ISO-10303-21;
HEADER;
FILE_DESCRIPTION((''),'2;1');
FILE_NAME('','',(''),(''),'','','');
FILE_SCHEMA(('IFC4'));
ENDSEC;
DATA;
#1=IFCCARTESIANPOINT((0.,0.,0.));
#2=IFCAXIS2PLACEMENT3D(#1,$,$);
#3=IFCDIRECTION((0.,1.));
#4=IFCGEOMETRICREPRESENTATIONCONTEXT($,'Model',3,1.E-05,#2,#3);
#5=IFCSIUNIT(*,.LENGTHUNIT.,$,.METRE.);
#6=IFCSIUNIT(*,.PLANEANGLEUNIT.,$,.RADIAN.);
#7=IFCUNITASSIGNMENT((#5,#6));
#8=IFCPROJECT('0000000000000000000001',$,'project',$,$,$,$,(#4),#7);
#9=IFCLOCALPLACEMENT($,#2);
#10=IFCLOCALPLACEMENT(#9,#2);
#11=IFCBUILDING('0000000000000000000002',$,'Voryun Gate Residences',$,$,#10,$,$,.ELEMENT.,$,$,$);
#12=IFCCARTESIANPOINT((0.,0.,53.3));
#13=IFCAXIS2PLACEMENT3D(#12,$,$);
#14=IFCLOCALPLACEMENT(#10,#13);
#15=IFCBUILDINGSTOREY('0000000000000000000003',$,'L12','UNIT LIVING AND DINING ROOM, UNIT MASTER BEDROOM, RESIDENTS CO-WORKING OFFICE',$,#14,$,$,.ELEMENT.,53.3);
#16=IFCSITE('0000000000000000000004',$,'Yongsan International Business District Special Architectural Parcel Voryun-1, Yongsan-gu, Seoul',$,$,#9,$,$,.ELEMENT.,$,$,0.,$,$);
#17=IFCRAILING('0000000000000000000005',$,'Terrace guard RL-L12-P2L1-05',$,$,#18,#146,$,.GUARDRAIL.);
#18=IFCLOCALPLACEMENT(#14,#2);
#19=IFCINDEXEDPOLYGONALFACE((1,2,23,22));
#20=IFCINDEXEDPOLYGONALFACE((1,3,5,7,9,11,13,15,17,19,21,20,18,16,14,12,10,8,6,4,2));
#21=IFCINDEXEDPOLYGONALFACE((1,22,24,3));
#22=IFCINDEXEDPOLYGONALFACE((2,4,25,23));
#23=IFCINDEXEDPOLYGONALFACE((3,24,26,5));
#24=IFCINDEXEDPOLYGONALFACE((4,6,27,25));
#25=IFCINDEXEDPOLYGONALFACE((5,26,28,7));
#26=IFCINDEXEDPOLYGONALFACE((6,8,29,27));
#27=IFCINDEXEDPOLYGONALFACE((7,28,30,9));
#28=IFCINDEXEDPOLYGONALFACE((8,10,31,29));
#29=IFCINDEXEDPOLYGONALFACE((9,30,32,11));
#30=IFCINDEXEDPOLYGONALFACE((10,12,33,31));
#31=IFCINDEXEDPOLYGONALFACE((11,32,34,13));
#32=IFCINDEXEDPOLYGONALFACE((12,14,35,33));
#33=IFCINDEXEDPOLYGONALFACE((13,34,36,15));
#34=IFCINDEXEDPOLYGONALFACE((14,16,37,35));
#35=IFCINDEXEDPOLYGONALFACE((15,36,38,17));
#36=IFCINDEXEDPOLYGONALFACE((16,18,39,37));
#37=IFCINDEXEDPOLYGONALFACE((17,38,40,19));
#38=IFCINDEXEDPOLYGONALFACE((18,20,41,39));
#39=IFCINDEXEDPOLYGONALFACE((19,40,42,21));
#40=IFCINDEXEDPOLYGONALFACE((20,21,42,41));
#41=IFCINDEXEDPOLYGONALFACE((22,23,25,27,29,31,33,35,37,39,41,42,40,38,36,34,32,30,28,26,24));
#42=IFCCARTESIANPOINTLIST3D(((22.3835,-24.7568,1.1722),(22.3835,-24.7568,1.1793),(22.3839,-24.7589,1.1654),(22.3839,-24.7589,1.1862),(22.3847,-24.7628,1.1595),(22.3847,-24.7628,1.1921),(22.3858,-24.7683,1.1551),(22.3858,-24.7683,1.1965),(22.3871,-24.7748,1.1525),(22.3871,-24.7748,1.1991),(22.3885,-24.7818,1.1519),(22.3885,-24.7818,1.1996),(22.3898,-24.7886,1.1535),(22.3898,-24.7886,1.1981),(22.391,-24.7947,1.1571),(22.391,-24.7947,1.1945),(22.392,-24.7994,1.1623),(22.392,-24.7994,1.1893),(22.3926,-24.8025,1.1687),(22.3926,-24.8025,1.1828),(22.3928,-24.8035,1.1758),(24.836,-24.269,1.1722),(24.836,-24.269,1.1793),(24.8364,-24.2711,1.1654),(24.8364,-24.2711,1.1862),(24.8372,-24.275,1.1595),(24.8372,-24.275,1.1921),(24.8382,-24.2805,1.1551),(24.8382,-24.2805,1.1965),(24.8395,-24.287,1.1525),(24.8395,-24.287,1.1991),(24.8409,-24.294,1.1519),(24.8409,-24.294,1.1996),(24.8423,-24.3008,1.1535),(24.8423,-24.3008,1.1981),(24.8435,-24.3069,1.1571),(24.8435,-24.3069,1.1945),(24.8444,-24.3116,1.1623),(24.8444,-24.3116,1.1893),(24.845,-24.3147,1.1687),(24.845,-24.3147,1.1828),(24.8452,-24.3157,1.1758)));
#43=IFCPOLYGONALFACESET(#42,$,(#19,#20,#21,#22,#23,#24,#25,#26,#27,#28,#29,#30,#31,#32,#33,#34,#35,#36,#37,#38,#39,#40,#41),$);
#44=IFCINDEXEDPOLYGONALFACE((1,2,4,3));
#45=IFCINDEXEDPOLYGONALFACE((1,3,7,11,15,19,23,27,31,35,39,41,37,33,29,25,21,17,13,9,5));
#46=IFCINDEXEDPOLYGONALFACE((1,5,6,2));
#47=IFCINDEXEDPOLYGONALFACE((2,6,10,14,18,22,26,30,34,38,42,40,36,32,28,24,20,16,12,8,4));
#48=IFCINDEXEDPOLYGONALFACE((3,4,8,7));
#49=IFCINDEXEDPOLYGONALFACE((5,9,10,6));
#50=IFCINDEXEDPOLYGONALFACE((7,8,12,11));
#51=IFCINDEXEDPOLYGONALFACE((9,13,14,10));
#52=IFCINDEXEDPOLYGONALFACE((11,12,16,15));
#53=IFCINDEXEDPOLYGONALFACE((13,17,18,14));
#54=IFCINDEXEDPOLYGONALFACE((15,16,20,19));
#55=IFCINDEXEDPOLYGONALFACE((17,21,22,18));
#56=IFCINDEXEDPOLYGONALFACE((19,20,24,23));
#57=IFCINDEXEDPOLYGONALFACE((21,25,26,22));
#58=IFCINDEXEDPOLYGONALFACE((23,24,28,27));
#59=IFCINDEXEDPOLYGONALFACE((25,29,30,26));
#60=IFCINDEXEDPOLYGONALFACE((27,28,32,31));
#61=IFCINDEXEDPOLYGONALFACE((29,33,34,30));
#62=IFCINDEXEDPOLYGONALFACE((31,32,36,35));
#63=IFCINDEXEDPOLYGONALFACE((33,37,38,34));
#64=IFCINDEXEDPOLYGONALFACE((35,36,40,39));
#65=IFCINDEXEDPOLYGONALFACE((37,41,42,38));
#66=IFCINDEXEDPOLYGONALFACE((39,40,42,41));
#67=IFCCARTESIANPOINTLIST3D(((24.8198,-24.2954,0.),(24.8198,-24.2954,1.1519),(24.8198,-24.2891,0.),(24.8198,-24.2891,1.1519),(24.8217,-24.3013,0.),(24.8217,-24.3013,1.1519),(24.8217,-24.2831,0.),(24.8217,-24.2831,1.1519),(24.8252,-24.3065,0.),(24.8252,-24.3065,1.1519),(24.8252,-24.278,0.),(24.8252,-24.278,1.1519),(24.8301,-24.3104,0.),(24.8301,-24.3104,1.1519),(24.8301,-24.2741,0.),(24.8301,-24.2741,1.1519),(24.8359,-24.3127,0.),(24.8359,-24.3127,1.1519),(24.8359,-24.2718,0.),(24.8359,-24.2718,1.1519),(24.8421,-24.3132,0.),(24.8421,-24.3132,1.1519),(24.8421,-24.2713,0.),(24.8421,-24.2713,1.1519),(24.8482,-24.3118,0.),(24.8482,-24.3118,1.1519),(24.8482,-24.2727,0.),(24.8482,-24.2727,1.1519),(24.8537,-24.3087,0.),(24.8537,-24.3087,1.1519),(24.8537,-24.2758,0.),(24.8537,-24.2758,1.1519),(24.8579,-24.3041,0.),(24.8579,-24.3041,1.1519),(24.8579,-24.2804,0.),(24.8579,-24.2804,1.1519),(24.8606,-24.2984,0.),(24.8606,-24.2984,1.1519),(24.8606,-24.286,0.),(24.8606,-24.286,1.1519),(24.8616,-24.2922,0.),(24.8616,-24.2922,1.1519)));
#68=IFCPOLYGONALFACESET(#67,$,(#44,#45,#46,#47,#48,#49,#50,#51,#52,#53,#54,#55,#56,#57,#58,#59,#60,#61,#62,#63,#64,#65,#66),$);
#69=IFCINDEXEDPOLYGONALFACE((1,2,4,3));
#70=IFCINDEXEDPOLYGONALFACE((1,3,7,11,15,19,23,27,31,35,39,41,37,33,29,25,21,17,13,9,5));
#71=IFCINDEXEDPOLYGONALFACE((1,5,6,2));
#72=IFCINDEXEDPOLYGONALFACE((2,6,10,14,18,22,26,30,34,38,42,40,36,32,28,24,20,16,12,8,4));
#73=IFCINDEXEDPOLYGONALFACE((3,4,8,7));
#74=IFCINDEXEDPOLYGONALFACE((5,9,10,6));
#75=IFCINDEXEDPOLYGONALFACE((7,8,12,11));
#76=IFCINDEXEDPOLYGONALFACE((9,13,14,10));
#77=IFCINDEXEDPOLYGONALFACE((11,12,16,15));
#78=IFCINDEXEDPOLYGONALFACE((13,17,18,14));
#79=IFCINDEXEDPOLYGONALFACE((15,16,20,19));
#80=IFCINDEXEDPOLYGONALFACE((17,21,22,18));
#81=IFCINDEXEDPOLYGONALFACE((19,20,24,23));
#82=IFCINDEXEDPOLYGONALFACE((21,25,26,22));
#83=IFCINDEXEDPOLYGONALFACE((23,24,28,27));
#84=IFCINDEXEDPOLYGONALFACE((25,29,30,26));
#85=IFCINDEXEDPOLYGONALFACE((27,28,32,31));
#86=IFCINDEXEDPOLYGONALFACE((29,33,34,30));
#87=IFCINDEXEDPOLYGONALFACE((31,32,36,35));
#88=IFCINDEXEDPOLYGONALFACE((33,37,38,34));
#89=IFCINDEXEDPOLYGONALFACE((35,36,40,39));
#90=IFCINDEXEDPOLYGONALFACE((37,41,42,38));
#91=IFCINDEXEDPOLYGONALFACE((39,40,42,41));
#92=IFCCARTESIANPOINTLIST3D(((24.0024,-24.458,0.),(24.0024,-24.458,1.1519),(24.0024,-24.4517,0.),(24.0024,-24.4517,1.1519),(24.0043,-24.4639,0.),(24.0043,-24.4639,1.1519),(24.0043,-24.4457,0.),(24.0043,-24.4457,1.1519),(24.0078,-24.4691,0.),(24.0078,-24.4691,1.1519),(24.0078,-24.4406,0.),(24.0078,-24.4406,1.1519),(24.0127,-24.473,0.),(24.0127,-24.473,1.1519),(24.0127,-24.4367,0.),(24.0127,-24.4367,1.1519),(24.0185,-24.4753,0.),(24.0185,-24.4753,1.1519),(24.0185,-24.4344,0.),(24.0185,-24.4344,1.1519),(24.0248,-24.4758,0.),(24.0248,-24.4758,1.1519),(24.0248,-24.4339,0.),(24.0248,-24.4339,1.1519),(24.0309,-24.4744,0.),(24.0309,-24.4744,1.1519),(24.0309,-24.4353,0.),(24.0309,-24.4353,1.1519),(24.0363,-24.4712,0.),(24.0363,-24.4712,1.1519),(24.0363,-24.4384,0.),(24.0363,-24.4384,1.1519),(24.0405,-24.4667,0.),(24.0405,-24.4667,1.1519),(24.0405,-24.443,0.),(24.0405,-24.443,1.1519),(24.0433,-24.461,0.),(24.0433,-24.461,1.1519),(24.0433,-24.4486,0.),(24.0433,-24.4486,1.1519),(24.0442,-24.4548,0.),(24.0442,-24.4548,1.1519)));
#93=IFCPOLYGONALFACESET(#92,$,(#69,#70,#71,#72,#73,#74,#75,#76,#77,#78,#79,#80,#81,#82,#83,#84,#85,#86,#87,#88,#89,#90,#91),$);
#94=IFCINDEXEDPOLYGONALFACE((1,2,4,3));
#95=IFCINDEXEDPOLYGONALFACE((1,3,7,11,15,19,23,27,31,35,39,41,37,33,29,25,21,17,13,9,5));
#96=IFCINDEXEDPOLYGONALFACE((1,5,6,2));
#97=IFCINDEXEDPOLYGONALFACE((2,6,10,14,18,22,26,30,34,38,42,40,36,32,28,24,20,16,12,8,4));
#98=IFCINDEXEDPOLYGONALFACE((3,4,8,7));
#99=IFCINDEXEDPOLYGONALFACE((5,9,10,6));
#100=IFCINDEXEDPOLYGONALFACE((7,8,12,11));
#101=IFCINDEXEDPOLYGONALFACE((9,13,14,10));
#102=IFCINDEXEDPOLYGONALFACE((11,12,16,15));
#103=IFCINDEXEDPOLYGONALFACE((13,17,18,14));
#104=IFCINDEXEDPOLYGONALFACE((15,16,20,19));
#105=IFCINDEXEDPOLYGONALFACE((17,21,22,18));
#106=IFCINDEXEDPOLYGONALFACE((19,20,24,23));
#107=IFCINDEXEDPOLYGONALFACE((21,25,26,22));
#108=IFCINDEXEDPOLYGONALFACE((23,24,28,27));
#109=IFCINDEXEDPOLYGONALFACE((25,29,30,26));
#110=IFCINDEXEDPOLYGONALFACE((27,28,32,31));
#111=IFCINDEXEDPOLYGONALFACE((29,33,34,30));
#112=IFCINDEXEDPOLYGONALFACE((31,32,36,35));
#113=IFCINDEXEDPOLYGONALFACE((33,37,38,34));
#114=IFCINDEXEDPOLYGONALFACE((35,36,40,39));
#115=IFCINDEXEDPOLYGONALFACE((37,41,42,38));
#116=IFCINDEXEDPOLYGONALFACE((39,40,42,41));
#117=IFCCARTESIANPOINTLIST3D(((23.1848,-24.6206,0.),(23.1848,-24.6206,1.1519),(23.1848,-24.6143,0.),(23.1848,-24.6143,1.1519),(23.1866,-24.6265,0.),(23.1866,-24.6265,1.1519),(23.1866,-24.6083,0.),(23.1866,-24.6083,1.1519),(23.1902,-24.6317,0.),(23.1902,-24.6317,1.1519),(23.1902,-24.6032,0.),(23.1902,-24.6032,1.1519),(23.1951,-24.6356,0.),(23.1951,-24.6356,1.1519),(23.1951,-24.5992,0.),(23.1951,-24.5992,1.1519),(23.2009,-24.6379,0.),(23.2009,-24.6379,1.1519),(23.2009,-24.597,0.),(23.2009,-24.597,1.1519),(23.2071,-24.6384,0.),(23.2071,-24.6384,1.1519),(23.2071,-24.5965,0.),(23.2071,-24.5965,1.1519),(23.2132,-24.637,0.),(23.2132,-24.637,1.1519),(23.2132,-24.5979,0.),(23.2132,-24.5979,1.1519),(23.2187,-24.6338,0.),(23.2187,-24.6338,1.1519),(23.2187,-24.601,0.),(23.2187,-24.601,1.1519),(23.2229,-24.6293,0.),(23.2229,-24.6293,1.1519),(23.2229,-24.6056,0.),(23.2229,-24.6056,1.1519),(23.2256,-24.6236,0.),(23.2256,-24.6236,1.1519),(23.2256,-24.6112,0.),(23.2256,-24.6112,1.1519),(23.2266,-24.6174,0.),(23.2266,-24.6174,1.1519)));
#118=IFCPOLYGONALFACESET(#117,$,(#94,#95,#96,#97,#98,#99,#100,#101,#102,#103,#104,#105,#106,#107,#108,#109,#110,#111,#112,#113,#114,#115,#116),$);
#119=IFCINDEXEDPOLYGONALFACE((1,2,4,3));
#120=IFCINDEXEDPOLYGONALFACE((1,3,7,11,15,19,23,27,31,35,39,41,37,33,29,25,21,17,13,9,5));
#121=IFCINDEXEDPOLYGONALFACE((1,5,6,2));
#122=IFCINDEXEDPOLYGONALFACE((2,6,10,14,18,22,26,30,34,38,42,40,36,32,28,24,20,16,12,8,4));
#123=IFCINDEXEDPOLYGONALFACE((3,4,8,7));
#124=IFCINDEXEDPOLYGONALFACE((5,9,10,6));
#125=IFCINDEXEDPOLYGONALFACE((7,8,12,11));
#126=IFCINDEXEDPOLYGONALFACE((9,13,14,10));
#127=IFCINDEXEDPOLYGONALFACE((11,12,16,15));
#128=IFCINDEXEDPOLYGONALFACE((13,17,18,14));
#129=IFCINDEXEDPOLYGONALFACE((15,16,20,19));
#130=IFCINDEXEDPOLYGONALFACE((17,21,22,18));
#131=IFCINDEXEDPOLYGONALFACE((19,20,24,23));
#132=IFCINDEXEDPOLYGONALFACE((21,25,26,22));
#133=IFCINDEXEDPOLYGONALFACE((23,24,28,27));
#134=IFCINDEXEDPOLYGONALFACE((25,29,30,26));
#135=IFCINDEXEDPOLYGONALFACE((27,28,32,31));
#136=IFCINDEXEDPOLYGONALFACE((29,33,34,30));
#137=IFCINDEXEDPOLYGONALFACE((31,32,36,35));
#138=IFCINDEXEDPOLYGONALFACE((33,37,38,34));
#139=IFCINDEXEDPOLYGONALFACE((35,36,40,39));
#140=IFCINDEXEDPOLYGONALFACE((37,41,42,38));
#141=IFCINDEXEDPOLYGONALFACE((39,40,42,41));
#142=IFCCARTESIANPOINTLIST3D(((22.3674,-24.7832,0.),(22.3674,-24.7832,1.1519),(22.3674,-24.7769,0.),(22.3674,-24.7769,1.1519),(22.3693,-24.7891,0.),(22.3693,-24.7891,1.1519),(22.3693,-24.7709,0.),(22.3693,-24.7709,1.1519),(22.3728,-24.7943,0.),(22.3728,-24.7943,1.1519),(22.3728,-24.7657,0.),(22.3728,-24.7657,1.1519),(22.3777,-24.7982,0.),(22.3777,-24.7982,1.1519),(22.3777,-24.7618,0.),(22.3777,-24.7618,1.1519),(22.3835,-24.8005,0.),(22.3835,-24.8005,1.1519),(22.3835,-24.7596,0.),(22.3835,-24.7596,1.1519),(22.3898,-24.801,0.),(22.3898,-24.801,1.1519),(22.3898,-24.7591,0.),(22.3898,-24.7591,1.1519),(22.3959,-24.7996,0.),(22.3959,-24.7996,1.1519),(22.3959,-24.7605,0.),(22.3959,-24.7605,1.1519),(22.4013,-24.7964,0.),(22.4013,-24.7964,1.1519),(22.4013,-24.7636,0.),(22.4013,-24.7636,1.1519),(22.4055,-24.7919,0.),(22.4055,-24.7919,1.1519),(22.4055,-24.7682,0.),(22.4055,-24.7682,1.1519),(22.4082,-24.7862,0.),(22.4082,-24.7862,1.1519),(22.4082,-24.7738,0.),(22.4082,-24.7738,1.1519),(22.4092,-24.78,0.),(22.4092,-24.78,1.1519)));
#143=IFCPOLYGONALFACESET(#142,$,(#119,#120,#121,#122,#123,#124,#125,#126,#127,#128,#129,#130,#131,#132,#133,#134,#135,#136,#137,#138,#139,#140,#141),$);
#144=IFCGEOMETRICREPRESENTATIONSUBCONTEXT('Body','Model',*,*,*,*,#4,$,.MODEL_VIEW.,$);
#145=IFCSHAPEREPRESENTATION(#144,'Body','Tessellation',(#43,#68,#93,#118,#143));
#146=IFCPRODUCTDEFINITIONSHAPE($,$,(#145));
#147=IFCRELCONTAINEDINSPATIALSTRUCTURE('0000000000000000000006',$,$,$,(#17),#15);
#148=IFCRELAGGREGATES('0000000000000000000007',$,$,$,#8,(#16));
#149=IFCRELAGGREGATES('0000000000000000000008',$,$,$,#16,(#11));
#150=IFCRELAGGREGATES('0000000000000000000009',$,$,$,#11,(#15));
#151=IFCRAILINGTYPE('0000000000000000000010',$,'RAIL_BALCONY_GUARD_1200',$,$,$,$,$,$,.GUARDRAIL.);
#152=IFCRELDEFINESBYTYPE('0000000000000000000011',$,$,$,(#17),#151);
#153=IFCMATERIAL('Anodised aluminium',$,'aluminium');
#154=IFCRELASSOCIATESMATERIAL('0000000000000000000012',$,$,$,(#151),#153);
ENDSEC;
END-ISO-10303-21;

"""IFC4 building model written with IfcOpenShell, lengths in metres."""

from ifc_helpers import new_model, si_unit, direction, frame, origin, origin_2d, place, context, subcontext, project, spatial, circle, extrude, material, type_object, element, save


model = new_model("IFC4")

# Units and contexts
model_context = context("Model", 3, precision=1e-05, world=origin(), true_north=direction((0.0, 1.0)))
body_context = subcontext(model_context, "Body", "Model", "MODEL_VIEW")
ifc_project = project(units=[si_unit("LENGTHUNIT", "METRE"), si_unit("PLANEANGLEUNIT", "RADIAN")], contexts=[model_context])

# Site, building, storey
site_placement = place(None, origin())
site = spatial("IfcSite", under=ifc_project, at=site_placement, Name="Yongsan International Business District Special Architectural Parcel Voryun-1, Yongsan-gu, Seoul", CompositionType="ELEMENT", RefElevation=0.0)
building_placement = place(site_placement, origin())
building = spatial("IfcBuilding", under=site, at=building_placement, Name="Voryun Gate Residences", CompositionType="ELEMENT")
storey_placement = place(building_placement, frame((0.0, 0.0, 53.3)))
storey = spatial("IfcBuildingStorey", under=building, at=storey_placement, Name="L12", Description="UNIT LIVING AND DINING ROOM, UNIT MASTER BEDROOM, RESIDENTS CO-WORKING OFFICE", CompositionType="ELEMENT", Elevation=53.3)

# Railing
ifc_material_1 = material(Name="Anodised aluminium", Category="aluminium")
railing_type = type_object("IfcRailingType", Name="RAIL_BALCONY_GUARD_1200", PredefinedType="GUARDRAIL", material=ifc_material_1)
railing_1_placement = place(storey_placement, frame((24.8406, -24.2922, 0.0)))
element("IfcRailing", 1, at=railing_1_placement, inside=storey, type_object=railing_type, Name="Terrace guard RL-L12-P2L1-05", PredefinedType="GUARDRAIL", context=body_context, shape_type="SweptSolid", body=[
    extrude(circle(Radius=0.0239, at=origin_2d()), frame((0.0, 0.0, 1.1758), z_axis=(-0.980787, -0.195083, 0.0), x_axis=(0.195083, -0.980787, 0.0)), (0.0, 0.0, 1.0), 2.5005),
    extrude(circle(Radius=0.021, at=origin_2d()), origin(), (0.0, 0.0, 1.0), 1.1519),
    extrude(circle(Radius=0.021, at=origin_2d()), frame((-0.8174, -0.1626, 0.0)), (0.0, 0.0, 1.0), 1.1519),
    extrude(circle(Radius=0.021, at=origin_2d()), frame((-1.635, -0.3252, 0.0)), (0.0, 0.0, 1.0), 1.1519),
    extrude(circle(Radius=0.021, at=origin_2d()), frame((-2.4524, -0.4878, 0.0)), (0.0, 0.0, 1.0), 1.1519),
])

save(model, "model.ifc")
